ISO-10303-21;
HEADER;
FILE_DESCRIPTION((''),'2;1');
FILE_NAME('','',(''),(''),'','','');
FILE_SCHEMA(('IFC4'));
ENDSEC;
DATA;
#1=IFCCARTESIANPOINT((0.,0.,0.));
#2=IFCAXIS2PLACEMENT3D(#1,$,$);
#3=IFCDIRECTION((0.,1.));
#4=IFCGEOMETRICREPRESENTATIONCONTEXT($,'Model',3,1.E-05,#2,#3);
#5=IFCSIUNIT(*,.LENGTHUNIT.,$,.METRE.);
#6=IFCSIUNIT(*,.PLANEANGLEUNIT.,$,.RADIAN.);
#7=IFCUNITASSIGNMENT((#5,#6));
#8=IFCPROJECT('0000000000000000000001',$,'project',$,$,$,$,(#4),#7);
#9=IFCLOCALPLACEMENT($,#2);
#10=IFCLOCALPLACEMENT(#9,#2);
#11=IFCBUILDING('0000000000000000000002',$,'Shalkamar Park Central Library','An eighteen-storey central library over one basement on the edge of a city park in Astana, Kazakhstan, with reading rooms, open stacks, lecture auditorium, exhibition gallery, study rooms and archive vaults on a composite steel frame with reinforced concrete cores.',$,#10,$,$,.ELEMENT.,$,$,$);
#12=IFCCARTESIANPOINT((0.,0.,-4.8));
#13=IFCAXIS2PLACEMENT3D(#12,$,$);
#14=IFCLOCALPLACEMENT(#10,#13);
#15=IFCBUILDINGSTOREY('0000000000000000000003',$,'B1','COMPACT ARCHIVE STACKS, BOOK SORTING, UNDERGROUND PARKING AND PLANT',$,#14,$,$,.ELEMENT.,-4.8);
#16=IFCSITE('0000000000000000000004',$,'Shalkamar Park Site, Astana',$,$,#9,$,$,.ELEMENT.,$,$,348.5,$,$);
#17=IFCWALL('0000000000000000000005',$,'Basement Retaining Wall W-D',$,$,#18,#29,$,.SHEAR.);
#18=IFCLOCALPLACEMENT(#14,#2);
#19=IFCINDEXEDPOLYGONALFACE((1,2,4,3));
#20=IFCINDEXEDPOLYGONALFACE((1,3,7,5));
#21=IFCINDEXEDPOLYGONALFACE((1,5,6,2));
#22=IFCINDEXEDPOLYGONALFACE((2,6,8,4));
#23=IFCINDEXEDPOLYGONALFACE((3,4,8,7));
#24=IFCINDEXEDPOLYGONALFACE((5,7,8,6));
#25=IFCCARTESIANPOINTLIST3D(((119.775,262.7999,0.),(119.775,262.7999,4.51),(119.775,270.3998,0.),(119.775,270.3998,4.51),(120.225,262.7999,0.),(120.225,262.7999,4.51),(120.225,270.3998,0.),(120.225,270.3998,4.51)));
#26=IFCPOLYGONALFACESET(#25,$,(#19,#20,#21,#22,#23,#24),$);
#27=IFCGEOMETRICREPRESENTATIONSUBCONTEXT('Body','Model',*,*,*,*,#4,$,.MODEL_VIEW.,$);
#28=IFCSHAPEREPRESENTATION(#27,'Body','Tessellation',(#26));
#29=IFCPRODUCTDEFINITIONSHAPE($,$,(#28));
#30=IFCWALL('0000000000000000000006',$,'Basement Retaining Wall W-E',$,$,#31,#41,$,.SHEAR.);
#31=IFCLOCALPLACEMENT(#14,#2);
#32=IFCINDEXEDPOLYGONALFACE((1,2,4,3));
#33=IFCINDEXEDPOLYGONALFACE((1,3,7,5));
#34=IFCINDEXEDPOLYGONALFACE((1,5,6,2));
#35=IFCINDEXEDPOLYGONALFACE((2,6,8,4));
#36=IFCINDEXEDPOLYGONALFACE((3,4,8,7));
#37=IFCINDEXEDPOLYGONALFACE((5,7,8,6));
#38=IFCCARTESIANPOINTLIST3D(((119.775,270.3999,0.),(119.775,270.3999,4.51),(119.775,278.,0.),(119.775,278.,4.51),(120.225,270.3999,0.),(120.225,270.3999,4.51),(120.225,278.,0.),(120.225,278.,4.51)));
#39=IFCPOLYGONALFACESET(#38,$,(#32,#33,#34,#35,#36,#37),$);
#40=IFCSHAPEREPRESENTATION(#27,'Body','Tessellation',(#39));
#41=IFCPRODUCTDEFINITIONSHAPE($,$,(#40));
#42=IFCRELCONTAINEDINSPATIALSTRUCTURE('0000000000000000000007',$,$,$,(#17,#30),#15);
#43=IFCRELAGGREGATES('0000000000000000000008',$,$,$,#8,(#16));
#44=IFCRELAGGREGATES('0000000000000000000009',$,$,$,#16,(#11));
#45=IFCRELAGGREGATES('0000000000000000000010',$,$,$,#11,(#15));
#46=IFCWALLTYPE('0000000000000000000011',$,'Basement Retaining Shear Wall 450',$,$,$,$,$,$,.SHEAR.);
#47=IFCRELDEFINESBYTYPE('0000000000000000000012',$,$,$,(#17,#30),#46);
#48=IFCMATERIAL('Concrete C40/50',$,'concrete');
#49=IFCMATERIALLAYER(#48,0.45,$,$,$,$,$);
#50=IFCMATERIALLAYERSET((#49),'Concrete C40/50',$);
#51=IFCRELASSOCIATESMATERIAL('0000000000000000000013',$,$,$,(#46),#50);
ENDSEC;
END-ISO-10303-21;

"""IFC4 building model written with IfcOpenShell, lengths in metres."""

from ifc_helpers import new_model, si_unit, direction, frame, frame_2d, origin, place, context, subcontext, project, spatial, rectangle, extrude, material, layer, layer_set, type_object, element, save


model = new_model("IFC4")

# Units and contexts
model_context = context("Model", 3, precision=1e-05, world=origin(), true_north=direction((0.0, 1.0)))
body_context = subcontext(model_context, "Body", "Model", "MODEL_VIEW")
ifc_project = project(units=[si_unit("LENGTHUNIT", "METRE"), si_unit("PLANEANGLEUNIT", "RADIAN")], contexts=[model_context])

# Site, building, storey
site_placement = place(None, origin())
site = spatial("IfcSite", under=ifc_project, at=site_placement, Name="Shalkamar Park Site, Astana", CompositionType="ELEMENT", RefElevation=348.5)
building_placement = place(site_placement, origin())
building = spatial("IfcBuilding", under=site, at=building_placement, Name="Shalkamar Park Central Library", Description="An eighteen-storey central library over one basement on the edge of a city park in Astana, Kazakhstan, with reading rooms, open stacks, lecture auditorium, exhibition gallery, study rooms and archive vaults on a composite steel frame with reinforced concrete cores.", CompositionType="ELEMENT")
storey_placement = place(building_placement, frame((0.0, 0.0, -4.8)))
storey = spatial("IfcBuildingStorey", under=building, at=storey_placement, Name="B1", Description="COMPACT ARCHIVE STACKS, BOOK SORTING, UNDERGROUND PARKING AND PLANT", CompositionType="ELEMENT", Elevation=-4.8)

# Shared definitions
ifc_material_1 = material(Name="Concrete C40/50", Category="concrete")

# Walls
ifc_layer = layer(ifc_material_1, 0.45)
ifc_layer_set = layer_set([ifc_layer], Name="Concrete C40/50")
wall_type = type_object("IfcWallType", Name="Basement Retaining Shear Wall 450", PredefinedType="SHEAR", material=ifc_layer_set)
wall_1_placement = place(storey_placement, frame((120.0, 262.8, 0.0), z_axis=(0.0, 0.0, 1.0), x_axis=(0.0, 1.0, 0.0)))
element("IfcWall", 1, at=wall_1_placement, inside=storey, type_object=wall_type, Name="Basement Retaining Wall W-D", PredefinedType="SHEAR", context=body_context, shape_type="SweptSolid", body=[
    extrude(rectangle(XDim=7.5999, YDim=0.45, at=frame_2d((3.7998, 0.0))), origin(), (0.0, 0.0, 1.0), 4.51),
])
wall_2_placement = place(storey_placement, frame((120.0, 270.3999, 0.0), z_axis=(0.0, 0.0, 1.0), x_axis=(0.0, 1.0, 0.0)))
element("IfcWall", 2, at=wall_2_placement, inside=storey, type_object=wall_type, Name="Basement Retaining Wall W-E", PredefinedType="SHEAR", context=body_context, shape_type="SweptSolid", body=[
    extrude(rectangle(XDim=7.6001, YDim=0.45, at=frame_2d((3.8, 0.0))), origin(), (0.0, 0.0, 1.0), 4.51),
])

save(model, "model.ifc")
